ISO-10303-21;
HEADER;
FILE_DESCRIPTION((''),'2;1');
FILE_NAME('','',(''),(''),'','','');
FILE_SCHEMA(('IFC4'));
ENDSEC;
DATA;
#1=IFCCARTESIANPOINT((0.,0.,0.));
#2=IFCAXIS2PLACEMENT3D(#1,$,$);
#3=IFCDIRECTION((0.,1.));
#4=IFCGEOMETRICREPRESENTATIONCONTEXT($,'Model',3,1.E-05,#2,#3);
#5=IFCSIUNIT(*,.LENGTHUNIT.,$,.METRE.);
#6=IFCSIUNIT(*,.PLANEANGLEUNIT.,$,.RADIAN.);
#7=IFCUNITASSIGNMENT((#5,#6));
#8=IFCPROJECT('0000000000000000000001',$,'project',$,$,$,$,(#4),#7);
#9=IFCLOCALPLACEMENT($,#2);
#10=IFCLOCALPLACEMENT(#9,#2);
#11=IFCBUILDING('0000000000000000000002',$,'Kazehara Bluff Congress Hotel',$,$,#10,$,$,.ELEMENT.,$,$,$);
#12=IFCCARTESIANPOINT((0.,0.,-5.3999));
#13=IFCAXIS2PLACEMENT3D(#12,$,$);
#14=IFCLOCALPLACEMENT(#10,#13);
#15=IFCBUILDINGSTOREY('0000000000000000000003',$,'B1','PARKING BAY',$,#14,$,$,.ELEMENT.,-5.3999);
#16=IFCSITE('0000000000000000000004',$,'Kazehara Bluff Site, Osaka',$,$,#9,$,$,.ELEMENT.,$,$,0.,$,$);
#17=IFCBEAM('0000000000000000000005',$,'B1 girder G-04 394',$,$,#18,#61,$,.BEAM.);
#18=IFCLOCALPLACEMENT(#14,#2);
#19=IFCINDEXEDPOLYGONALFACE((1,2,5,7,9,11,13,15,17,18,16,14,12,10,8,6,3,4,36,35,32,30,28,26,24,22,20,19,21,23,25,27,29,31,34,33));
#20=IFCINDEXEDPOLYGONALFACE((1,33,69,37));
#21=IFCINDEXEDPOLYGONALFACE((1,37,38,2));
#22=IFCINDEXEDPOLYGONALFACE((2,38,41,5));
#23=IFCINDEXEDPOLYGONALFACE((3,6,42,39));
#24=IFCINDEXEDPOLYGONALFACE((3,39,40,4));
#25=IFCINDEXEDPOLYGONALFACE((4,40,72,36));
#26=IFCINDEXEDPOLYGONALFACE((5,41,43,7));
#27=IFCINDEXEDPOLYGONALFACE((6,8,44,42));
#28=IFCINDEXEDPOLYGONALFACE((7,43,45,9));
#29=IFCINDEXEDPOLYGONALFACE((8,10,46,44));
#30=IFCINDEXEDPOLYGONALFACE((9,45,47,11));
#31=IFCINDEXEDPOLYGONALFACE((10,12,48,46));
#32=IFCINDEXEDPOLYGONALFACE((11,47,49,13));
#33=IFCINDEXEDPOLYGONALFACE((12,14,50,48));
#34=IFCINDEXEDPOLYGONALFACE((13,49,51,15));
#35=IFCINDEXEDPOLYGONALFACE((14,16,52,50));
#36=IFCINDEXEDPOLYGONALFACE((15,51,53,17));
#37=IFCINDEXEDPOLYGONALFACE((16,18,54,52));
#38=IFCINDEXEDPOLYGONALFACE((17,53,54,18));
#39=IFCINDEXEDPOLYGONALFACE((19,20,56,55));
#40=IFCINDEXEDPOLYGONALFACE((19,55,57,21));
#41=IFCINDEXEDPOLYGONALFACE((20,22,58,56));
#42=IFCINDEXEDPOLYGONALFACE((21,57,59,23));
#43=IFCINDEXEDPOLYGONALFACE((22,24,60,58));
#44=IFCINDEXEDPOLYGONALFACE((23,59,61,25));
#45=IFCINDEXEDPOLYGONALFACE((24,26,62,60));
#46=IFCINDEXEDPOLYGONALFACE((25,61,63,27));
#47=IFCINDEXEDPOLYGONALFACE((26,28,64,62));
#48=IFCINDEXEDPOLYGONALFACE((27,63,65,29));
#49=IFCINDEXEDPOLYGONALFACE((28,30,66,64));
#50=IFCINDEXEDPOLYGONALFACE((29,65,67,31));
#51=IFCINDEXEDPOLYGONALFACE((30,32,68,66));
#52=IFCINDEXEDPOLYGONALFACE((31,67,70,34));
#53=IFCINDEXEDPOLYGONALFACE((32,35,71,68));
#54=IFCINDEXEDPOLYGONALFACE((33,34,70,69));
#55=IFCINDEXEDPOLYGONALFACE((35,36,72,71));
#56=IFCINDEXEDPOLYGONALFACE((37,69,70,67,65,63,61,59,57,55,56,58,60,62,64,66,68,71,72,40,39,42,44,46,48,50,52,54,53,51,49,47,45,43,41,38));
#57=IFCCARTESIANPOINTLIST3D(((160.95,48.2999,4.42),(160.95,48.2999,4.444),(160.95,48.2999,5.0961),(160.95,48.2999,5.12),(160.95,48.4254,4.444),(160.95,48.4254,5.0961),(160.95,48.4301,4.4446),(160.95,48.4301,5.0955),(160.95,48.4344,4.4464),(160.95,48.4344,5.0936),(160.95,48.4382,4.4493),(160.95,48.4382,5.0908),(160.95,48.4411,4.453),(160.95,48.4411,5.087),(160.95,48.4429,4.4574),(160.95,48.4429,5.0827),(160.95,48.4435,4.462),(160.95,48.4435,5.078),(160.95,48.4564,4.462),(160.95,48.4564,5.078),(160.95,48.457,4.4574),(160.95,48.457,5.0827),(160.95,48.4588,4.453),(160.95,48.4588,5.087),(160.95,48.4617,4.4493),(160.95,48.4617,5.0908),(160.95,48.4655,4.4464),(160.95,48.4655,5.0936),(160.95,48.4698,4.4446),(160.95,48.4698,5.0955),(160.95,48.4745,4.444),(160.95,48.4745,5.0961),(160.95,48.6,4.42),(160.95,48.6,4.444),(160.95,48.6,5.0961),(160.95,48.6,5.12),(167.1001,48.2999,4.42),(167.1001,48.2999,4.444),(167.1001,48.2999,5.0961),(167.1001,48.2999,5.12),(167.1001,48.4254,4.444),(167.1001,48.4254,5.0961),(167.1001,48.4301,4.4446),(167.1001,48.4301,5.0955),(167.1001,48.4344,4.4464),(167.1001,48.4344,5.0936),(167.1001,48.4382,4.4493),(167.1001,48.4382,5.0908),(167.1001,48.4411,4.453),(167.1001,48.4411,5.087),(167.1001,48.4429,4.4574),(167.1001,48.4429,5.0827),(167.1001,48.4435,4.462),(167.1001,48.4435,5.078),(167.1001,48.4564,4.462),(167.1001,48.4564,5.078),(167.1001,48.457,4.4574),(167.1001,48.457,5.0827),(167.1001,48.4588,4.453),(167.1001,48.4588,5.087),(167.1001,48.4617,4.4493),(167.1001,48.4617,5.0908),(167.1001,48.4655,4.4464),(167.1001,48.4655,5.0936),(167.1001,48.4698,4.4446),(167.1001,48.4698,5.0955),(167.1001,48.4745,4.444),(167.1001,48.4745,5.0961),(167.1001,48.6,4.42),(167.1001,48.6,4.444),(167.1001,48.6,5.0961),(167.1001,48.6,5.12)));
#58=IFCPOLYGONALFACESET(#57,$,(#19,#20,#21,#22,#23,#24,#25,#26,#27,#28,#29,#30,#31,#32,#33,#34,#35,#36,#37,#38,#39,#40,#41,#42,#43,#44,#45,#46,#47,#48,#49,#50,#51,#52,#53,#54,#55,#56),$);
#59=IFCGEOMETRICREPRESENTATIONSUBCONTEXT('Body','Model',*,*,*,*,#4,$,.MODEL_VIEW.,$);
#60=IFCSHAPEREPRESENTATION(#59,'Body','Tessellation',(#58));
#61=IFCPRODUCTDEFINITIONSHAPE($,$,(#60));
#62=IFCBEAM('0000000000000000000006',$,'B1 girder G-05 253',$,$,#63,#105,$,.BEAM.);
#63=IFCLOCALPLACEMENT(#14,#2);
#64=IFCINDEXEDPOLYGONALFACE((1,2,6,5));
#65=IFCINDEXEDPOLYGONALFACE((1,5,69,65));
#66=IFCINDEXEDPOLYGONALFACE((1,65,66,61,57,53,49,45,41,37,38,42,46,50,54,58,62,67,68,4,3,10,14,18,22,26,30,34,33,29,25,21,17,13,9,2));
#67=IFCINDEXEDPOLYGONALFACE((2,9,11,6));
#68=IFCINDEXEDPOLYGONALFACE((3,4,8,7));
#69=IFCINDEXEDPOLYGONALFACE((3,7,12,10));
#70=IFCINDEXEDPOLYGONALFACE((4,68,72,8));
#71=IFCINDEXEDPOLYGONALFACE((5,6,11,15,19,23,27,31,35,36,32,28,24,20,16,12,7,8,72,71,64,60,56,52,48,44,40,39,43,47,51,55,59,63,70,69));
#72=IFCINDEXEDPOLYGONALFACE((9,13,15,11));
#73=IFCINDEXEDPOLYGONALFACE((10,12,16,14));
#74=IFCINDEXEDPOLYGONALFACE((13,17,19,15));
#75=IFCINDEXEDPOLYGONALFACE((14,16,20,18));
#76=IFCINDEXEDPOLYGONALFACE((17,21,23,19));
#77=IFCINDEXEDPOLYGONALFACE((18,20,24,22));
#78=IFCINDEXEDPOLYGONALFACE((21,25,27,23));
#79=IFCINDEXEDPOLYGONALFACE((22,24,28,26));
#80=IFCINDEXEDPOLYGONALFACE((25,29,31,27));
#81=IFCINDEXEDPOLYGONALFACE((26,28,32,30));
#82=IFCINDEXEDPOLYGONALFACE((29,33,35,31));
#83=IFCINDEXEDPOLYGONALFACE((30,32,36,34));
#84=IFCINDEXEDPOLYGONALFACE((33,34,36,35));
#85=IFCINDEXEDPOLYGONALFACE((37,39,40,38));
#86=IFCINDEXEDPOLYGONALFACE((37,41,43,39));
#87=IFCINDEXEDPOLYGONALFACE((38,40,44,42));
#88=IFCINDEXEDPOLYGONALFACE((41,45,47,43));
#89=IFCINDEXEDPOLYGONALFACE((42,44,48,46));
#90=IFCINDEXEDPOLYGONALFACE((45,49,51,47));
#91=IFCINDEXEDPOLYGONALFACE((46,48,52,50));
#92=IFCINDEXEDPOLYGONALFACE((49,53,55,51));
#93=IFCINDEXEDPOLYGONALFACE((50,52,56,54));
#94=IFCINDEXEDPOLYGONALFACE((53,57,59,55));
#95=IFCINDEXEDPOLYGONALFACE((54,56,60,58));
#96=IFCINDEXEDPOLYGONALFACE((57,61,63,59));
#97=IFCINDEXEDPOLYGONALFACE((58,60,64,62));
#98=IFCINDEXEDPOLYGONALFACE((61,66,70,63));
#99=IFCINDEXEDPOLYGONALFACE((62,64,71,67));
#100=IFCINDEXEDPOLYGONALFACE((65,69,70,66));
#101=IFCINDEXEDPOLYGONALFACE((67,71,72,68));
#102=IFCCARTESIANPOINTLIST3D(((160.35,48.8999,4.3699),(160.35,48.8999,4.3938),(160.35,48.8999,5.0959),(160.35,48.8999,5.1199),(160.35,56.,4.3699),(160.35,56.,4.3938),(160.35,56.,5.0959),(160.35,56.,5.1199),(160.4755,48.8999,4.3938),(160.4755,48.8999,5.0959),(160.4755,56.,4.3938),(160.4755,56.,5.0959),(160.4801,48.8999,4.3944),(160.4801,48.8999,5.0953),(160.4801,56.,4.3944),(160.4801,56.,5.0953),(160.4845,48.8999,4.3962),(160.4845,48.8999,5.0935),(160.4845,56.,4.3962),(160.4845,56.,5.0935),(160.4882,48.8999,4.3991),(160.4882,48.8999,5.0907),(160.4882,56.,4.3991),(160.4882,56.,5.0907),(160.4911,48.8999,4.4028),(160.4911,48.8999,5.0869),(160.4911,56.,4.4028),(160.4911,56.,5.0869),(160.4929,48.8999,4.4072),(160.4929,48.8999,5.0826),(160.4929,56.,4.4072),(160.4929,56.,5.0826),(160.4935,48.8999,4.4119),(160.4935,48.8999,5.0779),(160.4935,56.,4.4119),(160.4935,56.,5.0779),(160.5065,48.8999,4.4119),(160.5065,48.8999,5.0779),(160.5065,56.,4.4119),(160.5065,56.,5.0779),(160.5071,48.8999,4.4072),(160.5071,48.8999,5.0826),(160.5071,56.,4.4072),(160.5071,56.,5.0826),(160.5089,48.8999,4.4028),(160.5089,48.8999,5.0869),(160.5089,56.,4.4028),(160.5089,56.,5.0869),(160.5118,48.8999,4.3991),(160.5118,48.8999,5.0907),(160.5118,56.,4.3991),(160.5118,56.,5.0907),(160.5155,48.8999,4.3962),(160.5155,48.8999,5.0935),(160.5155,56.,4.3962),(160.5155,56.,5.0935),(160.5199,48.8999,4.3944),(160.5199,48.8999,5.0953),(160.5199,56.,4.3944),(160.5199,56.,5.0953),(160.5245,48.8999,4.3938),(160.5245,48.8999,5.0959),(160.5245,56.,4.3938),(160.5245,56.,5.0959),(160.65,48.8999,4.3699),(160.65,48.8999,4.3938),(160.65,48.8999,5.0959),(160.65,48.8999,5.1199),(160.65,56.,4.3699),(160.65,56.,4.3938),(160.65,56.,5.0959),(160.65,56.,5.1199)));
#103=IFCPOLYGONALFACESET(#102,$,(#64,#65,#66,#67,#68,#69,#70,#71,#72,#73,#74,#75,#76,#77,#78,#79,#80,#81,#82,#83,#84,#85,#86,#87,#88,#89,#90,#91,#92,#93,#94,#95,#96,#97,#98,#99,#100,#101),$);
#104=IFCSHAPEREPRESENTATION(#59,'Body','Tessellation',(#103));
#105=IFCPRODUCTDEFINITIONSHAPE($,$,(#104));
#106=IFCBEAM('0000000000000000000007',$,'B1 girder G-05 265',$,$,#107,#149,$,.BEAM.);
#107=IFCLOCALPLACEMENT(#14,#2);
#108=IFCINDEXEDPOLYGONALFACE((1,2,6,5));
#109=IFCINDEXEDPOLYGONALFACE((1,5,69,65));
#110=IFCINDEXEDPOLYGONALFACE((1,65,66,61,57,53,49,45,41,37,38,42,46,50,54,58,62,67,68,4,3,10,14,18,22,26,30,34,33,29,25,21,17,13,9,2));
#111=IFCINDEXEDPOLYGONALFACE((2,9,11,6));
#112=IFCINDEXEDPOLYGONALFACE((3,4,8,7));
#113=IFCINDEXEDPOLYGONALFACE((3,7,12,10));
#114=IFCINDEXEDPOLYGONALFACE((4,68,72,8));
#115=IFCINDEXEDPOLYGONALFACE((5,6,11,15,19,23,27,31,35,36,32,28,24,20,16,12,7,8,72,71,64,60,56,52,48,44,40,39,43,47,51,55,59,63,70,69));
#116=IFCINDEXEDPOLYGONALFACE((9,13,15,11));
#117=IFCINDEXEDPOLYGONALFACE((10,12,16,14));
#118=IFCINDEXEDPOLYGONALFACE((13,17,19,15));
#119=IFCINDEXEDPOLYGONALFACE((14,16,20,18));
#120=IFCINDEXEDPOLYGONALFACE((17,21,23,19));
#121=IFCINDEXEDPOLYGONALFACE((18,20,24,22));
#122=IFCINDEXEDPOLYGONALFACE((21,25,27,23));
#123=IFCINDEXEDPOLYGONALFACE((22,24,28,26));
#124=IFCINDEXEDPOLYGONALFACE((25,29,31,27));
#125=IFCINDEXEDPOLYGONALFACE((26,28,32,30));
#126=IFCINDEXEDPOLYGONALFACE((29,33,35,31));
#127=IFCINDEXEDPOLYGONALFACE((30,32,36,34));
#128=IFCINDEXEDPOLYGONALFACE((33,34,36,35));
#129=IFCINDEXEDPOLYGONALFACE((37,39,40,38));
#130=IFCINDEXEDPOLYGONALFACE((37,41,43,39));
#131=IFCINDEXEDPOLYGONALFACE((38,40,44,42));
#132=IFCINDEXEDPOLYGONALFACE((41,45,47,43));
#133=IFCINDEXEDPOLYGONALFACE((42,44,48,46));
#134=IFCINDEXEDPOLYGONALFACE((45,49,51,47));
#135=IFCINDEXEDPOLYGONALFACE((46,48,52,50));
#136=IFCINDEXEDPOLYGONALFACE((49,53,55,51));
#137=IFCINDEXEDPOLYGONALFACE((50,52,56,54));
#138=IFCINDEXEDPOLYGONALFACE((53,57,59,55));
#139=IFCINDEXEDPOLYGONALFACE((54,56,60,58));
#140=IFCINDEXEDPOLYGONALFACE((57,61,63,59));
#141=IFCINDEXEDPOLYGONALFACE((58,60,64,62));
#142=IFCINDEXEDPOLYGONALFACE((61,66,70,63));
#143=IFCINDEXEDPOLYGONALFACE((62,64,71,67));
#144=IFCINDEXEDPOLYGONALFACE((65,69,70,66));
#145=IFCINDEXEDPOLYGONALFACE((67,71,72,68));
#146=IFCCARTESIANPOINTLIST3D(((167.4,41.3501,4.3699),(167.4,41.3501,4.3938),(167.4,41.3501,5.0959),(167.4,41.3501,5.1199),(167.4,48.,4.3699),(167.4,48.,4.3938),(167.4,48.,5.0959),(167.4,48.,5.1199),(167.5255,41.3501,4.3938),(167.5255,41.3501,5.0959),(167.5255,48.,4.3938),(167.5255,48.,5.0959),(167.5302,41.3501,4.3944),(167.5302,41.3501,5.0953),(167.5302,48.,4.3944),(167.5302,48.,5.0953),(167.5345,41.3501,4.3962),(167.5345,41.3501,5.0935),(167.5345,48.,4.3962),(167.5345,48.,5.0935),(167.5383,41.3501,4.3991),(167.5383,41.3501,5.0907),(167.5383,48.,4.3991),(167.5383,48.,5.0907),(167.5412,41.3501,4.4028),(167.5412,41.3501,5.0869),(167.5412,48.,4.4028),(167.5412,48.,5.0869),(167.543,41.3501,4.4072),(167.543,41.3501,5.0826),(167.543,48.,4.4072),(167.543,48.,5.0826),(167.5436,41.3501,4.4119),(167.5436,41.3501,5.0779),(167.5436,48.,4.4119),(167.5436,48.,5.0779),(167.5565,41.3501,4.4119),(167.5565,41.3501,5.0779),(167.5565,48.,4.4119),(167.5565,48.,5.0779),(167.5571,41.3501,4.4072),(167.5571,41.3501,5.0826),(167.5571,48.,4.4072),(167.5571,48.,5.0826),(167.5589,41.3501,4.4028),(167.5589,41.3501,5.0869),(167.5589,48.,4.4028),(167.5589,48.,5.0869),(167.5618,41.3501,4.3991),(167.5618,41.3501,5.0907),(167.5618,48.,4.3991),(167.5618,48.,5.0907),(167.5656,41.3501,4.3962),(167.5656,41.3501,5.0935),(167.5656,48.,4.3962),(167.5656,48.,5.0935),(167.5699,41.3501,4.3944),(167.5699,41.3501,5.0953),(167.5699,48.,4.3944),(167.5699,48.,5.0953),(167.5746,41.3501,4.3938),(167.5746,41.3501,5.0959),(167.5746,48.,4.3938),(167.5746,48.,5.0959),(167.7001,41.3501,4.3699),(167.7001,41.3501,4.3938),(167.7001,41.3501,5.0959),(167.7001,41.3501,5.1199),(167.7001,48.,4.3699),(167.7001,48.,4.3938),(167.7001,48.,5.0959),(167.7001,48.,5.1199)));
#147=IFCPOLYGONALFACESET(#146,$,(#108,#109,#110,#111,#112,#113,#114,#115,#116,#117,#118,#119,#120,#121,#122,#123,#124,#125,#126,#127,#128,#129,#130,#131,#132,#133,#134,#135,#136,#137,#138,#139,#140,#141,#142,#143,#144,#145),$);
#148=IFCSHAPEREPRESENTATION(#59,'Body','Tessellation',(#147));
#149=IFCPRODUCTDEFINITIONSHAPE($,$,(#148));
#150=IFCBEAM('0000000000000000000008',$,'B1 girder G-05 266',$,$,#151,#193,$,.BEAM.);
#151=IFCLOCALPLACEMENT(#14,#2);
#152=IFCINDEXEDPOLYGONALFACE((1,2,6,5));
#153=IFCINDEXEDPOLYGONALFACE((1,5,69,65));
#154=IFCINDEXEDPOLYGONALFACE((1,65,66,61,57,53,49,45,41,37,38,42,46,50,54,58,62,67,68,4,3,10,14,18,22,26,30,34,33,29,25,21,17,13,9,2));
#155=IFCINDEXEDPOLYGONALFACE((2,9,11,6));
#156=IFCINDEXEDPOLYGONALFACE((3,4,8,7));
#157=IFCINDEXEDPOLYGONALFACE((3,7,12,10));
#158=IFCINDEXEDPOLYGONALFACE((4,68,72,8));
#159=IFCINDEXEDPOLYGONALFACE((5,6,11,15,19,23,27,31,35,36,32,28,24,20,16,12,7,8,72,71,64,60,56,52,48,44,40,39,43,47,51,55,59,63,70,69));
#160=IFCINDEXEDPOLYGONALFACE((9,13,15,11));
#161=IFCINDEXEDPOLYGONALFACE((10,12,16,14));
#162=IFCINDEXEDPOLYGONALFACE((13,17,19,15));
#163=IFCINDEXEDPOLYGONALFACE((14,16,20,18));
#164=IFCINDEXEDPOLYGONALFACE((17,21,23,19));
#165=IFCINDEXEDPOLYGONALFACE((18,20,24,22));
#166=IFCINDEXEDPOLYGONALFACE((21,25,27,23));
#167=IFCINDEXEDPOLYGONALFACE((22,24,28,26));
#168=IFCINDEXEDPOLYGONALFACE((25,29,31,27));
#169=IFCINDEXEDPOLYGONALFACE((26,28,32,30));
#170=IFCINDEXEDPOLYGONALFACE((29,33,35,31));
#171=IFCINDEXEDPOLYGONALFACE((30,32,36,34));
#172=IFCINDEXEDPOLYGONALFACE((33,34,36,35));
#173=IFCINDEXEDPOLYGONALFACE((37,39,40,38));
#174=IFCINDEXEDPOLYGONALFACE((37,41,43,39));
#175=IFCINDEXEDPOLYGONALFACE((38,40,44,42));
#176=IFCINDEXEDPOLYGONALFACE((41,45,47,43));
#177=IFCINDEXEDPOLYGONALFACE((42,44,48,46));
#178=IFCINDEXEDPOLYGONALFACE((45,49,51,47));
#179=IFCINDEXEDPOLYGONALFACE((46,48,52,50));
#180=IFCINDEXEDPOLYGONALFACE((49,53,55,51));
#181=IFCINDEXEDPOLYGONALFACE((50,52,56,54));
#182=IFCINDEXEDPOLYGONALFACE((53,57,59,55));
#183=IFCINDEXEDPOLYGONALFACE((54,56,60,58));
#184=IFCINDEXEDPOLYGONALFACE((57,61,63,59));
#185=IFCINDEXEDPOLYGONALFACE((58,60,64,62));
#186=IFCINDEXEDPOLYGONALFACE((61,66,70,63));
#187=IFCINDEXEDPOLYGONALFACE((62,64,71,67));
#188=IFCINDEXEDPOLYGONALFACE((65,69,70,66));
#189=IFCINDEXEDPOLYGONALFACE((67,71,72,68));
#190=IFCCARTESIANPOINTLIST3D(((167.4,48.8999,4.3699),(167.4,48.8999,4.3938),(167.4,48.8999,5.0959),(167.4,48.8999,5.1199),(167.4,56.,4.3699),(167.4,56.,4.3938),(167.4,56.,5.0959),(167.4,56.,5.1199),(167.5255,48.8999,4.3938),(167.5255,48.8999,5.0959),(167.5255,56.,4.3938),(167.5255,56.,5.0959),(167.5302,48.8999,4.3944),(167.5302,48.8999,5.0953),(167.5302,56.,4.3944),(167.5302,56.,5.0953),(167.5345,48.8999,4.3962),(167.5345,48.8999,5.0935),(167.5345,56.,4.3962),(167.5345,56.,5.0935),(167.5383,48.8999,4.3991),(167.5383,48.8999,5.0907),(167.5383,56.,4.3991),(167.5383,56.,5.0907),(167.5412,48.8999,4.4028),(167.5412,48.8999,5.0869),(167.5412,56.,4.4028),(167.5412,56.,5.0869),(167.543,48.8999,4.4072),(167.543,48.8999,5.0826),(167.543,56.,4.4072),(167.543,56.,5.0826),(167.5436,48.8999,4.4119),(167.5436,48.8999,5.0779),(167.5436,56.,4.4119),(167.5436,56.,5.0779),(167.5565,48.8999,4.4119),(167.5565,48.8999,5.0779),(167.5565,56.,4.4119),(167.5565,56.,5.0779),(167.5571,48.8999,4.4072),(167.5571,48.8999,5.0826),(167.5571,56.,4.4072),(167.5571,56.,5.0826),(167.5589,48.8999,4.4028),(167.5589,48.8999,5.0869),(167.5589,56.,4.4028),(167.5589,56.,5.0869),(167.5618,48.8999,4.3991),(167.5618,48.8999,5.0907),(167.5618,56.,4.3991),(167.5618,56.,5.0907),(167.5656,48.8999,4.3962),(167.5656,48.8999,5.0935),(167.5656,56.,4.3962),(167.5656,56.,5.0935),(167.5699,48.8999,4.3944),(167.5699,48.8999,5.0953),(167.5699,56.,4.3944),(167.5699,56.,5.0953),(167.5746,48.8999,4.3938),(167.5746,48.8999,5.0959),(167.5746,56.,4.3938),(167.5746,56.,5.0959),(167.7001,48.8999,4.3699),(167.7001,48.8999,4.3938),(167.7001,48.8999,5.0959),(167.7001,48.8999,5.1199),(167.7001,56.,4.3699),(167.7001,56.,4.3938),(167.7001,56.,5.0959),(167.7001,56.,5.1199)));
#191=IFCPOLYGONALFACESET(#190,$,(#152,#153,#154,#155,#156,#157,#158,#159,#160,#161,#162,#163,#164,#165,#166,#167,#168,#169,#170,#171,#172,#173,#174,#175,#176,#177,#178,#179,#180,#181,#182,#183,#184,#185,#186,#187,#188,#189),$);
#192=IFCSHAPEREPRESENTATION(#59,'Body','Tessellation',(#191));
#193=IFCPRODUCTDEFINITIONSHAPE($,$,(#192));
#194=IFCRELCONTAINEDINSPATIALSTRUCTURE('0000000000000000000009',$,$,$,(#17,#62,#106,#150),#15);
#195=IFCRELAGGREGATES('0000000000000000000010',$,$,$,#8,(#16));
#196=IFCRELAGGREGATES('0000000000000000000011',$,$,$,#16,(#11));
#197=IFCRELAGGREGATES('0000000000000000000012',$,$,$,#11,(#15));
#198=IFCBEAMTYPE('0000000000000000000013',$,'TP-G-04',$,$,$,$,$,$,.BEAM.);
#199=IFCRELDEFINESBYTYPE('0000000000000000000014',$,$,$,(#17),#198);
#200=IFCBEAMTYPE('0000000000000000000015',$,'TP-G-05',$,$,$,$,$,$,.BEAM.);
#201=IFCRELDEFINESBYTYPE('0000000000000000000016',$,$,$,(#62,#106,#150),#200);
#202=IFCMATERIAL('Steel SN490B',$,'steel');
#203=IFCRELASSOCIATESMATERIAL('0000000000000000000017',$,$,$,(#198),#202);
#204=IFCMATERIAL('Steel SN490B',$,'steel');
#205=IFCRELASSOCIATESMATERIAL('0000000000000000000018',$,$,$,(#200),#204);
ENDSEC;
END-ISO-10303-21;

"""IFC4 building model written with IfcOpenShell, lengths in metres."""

from ifc_helpers import new_model, si_unit, direction, frame, origin, origin_2d, place, context, subcontext, project, spatial, i_section, extrude, material, material_profile, profile_set, type_object, element, save


model = new_model("IFC4")

# Units and contexts
model_context = context("Model", 3, precision=1e-05, world=origin(), true_north=direction((0.0, 1.0)))
body_context = subcontext(model_context, "Body", "Model", "MODEL_VIEW")
ifc_project = project(units=[si_unit("LENGTHUNIT", "METRE"), si_unit("PLANEANGLEUNIT", "RADIAN")], contexts=[model_context])

# Site, building, storey
site_placement = place(None, origin())
site = spatial("IfcSite", under=ifc_project, at=site_placement, Name="Kazehara Bluff Site, Osaka", CompositionType="ELEMENT", RefElevation=0.0)
building_placement = place(site_placement, origin())
building = spatial("IfcBuilding", under=site, at=building_placement, Name="Kazehara Bluff Congress Hotel", CompositionType="ELEMENT")
storey_placement = place(building_placement, frame((0.0, 0.0, -5.3999)))
storey = spatial("IfcBuildingStorey", under=building, at=storey_placement, Name="B1", Description="PARKING BAY", CompositionType="ELEMENT", Elevation=-5.3999)

# Beams
ifc_material_1 = material(Name="Steel SN490B", Category="steel")
ifc_material_profile_1 = material_profile(ifc_material_1, i_section(OverallWidth=0.3, OverallDepth=0.7, WebThickness=0.0129, FlangeThickness=0.0239, FilletRadius=0.0181, at=origin_2d()))
ifc_profile_set_1 = profile_set([ifc_material_profile_1], Name="Steel SN490B")
beam_type_1 = type_object("IfcBeamType", Name="TP-G-04", PredefinedType="BEAM", material=ifc_profile_set_1)
for number, where, z_axis, x_axis, name in (
    (1, (160.95, 48.45, 4.77), (1.0, 0.0, 0.0), (0.0, 1.0, 0.0), "B1 girder G-04 394"),
):
    element("IfcBeam", number, at=place(storey_placement, frame(where, z_axis=z_axis, x_axis=x_axis)), inside=storey, type_object=beam_type_1, Name=name, PredefinedType="BEAM", context=body_context, shape_type="SweptSolid", body=[
        extrude(i_section(OverallWidth=0.3, OverallDepth=0.7, WebThickness=0.0129, FlangeThickness=0.0239, FilletRadius=0.0181, at=origin_2d()), origin(), (0.0, 0.0, 1.0), 6.1501),
    ])
ifc_material_2 = material(Name="Steel SN490B", Category="steel")
ifc_material_profile_2 = material_profile(ifc_material_2, i_section(OverallWidth=0.3, OverallDepth=0.75, WebThickness=0.0129, FlangeThickness=0.0239, FilletRadius=0.0181, at=origin_2d()))
ifc_profile_set_2 = profile_set([ifc_material_profile_2], Name="Steel SN490B")
beam_type_2 = type_object("IfcBeamType", Name="TP-G-05", PredefinedType="BEAM", material=ifc_profile_set_2)
beam_1_placement = place(storey_placement, frame((160.5, 48.8999, 4.7449), z_axis=(0.0, 1.0, 0.0), x_axis=(-1.0, 0.0, 0.0)))
element("IfcBeam", 2, at=beam_1_placement, inside=storey, type_object=beam_type_2, Name="B1 girder G-05 253", PredefinedType="BEAM", context=body_context, shape_type="SweptSolid", body=[
    extrude(i_section(OverallWidth=0.3, OverallDepth=0.75, WebThickness=0.0129, FlangeThickness=0.0239, FilletRadius=0.0181, at=origin_2d()), origin(), (0.0, 0.0, 1.0), 7.1001),
])
beam_2_placement = place(storey_placement, frame((167.55, 41.3501, 4.7449), z_axis=(0.0, 1.0, 0.0), x_axis=(-1.0, 0.0, 0.0)))
element("IfcBeam", 3, at=beam_2_placement, inside=storey, type_object=beam_type_2, Name="B1 girder G-05 265", PredefinedType="BEAM", context=body_context, shape_type="SweptSolid", body=[
    extrude(i_section(OverallWidth=0.3, OverallDepth=0.75, WebThickness=0.0129, FlangeThickness=0.0239, FilletRadius=0.0181, at=origin_2d()), origin(), (0.0, 0.0, 1.0), 6.6499),
])
beam_3_placement = place(storey_placement, frame((167.55, 48.8999, 4.7449), z_axis=(0.0, 1.0, 0.0), x_axis=(-1.0, 0.0, 0.0)))
element("IfcBeam", 4, at=beam_3_placement, inside=storey, type_object=beam_type_2, Name="B1 girder G-05 266", PredefinedType="BEAM", context=body_context, shape_type="SweptSolid", body=[
    extrude(i_section(OverallWidth=0.3, OverallDepth=0.75, WebThickness=0.0129, FlangeThickness=0.0239, FilletRadius=0.0181, at=origin_2d()), origin(), (0.0, 0.0, 1.0), 7.1001),
])

save(model, "model.ifc")
